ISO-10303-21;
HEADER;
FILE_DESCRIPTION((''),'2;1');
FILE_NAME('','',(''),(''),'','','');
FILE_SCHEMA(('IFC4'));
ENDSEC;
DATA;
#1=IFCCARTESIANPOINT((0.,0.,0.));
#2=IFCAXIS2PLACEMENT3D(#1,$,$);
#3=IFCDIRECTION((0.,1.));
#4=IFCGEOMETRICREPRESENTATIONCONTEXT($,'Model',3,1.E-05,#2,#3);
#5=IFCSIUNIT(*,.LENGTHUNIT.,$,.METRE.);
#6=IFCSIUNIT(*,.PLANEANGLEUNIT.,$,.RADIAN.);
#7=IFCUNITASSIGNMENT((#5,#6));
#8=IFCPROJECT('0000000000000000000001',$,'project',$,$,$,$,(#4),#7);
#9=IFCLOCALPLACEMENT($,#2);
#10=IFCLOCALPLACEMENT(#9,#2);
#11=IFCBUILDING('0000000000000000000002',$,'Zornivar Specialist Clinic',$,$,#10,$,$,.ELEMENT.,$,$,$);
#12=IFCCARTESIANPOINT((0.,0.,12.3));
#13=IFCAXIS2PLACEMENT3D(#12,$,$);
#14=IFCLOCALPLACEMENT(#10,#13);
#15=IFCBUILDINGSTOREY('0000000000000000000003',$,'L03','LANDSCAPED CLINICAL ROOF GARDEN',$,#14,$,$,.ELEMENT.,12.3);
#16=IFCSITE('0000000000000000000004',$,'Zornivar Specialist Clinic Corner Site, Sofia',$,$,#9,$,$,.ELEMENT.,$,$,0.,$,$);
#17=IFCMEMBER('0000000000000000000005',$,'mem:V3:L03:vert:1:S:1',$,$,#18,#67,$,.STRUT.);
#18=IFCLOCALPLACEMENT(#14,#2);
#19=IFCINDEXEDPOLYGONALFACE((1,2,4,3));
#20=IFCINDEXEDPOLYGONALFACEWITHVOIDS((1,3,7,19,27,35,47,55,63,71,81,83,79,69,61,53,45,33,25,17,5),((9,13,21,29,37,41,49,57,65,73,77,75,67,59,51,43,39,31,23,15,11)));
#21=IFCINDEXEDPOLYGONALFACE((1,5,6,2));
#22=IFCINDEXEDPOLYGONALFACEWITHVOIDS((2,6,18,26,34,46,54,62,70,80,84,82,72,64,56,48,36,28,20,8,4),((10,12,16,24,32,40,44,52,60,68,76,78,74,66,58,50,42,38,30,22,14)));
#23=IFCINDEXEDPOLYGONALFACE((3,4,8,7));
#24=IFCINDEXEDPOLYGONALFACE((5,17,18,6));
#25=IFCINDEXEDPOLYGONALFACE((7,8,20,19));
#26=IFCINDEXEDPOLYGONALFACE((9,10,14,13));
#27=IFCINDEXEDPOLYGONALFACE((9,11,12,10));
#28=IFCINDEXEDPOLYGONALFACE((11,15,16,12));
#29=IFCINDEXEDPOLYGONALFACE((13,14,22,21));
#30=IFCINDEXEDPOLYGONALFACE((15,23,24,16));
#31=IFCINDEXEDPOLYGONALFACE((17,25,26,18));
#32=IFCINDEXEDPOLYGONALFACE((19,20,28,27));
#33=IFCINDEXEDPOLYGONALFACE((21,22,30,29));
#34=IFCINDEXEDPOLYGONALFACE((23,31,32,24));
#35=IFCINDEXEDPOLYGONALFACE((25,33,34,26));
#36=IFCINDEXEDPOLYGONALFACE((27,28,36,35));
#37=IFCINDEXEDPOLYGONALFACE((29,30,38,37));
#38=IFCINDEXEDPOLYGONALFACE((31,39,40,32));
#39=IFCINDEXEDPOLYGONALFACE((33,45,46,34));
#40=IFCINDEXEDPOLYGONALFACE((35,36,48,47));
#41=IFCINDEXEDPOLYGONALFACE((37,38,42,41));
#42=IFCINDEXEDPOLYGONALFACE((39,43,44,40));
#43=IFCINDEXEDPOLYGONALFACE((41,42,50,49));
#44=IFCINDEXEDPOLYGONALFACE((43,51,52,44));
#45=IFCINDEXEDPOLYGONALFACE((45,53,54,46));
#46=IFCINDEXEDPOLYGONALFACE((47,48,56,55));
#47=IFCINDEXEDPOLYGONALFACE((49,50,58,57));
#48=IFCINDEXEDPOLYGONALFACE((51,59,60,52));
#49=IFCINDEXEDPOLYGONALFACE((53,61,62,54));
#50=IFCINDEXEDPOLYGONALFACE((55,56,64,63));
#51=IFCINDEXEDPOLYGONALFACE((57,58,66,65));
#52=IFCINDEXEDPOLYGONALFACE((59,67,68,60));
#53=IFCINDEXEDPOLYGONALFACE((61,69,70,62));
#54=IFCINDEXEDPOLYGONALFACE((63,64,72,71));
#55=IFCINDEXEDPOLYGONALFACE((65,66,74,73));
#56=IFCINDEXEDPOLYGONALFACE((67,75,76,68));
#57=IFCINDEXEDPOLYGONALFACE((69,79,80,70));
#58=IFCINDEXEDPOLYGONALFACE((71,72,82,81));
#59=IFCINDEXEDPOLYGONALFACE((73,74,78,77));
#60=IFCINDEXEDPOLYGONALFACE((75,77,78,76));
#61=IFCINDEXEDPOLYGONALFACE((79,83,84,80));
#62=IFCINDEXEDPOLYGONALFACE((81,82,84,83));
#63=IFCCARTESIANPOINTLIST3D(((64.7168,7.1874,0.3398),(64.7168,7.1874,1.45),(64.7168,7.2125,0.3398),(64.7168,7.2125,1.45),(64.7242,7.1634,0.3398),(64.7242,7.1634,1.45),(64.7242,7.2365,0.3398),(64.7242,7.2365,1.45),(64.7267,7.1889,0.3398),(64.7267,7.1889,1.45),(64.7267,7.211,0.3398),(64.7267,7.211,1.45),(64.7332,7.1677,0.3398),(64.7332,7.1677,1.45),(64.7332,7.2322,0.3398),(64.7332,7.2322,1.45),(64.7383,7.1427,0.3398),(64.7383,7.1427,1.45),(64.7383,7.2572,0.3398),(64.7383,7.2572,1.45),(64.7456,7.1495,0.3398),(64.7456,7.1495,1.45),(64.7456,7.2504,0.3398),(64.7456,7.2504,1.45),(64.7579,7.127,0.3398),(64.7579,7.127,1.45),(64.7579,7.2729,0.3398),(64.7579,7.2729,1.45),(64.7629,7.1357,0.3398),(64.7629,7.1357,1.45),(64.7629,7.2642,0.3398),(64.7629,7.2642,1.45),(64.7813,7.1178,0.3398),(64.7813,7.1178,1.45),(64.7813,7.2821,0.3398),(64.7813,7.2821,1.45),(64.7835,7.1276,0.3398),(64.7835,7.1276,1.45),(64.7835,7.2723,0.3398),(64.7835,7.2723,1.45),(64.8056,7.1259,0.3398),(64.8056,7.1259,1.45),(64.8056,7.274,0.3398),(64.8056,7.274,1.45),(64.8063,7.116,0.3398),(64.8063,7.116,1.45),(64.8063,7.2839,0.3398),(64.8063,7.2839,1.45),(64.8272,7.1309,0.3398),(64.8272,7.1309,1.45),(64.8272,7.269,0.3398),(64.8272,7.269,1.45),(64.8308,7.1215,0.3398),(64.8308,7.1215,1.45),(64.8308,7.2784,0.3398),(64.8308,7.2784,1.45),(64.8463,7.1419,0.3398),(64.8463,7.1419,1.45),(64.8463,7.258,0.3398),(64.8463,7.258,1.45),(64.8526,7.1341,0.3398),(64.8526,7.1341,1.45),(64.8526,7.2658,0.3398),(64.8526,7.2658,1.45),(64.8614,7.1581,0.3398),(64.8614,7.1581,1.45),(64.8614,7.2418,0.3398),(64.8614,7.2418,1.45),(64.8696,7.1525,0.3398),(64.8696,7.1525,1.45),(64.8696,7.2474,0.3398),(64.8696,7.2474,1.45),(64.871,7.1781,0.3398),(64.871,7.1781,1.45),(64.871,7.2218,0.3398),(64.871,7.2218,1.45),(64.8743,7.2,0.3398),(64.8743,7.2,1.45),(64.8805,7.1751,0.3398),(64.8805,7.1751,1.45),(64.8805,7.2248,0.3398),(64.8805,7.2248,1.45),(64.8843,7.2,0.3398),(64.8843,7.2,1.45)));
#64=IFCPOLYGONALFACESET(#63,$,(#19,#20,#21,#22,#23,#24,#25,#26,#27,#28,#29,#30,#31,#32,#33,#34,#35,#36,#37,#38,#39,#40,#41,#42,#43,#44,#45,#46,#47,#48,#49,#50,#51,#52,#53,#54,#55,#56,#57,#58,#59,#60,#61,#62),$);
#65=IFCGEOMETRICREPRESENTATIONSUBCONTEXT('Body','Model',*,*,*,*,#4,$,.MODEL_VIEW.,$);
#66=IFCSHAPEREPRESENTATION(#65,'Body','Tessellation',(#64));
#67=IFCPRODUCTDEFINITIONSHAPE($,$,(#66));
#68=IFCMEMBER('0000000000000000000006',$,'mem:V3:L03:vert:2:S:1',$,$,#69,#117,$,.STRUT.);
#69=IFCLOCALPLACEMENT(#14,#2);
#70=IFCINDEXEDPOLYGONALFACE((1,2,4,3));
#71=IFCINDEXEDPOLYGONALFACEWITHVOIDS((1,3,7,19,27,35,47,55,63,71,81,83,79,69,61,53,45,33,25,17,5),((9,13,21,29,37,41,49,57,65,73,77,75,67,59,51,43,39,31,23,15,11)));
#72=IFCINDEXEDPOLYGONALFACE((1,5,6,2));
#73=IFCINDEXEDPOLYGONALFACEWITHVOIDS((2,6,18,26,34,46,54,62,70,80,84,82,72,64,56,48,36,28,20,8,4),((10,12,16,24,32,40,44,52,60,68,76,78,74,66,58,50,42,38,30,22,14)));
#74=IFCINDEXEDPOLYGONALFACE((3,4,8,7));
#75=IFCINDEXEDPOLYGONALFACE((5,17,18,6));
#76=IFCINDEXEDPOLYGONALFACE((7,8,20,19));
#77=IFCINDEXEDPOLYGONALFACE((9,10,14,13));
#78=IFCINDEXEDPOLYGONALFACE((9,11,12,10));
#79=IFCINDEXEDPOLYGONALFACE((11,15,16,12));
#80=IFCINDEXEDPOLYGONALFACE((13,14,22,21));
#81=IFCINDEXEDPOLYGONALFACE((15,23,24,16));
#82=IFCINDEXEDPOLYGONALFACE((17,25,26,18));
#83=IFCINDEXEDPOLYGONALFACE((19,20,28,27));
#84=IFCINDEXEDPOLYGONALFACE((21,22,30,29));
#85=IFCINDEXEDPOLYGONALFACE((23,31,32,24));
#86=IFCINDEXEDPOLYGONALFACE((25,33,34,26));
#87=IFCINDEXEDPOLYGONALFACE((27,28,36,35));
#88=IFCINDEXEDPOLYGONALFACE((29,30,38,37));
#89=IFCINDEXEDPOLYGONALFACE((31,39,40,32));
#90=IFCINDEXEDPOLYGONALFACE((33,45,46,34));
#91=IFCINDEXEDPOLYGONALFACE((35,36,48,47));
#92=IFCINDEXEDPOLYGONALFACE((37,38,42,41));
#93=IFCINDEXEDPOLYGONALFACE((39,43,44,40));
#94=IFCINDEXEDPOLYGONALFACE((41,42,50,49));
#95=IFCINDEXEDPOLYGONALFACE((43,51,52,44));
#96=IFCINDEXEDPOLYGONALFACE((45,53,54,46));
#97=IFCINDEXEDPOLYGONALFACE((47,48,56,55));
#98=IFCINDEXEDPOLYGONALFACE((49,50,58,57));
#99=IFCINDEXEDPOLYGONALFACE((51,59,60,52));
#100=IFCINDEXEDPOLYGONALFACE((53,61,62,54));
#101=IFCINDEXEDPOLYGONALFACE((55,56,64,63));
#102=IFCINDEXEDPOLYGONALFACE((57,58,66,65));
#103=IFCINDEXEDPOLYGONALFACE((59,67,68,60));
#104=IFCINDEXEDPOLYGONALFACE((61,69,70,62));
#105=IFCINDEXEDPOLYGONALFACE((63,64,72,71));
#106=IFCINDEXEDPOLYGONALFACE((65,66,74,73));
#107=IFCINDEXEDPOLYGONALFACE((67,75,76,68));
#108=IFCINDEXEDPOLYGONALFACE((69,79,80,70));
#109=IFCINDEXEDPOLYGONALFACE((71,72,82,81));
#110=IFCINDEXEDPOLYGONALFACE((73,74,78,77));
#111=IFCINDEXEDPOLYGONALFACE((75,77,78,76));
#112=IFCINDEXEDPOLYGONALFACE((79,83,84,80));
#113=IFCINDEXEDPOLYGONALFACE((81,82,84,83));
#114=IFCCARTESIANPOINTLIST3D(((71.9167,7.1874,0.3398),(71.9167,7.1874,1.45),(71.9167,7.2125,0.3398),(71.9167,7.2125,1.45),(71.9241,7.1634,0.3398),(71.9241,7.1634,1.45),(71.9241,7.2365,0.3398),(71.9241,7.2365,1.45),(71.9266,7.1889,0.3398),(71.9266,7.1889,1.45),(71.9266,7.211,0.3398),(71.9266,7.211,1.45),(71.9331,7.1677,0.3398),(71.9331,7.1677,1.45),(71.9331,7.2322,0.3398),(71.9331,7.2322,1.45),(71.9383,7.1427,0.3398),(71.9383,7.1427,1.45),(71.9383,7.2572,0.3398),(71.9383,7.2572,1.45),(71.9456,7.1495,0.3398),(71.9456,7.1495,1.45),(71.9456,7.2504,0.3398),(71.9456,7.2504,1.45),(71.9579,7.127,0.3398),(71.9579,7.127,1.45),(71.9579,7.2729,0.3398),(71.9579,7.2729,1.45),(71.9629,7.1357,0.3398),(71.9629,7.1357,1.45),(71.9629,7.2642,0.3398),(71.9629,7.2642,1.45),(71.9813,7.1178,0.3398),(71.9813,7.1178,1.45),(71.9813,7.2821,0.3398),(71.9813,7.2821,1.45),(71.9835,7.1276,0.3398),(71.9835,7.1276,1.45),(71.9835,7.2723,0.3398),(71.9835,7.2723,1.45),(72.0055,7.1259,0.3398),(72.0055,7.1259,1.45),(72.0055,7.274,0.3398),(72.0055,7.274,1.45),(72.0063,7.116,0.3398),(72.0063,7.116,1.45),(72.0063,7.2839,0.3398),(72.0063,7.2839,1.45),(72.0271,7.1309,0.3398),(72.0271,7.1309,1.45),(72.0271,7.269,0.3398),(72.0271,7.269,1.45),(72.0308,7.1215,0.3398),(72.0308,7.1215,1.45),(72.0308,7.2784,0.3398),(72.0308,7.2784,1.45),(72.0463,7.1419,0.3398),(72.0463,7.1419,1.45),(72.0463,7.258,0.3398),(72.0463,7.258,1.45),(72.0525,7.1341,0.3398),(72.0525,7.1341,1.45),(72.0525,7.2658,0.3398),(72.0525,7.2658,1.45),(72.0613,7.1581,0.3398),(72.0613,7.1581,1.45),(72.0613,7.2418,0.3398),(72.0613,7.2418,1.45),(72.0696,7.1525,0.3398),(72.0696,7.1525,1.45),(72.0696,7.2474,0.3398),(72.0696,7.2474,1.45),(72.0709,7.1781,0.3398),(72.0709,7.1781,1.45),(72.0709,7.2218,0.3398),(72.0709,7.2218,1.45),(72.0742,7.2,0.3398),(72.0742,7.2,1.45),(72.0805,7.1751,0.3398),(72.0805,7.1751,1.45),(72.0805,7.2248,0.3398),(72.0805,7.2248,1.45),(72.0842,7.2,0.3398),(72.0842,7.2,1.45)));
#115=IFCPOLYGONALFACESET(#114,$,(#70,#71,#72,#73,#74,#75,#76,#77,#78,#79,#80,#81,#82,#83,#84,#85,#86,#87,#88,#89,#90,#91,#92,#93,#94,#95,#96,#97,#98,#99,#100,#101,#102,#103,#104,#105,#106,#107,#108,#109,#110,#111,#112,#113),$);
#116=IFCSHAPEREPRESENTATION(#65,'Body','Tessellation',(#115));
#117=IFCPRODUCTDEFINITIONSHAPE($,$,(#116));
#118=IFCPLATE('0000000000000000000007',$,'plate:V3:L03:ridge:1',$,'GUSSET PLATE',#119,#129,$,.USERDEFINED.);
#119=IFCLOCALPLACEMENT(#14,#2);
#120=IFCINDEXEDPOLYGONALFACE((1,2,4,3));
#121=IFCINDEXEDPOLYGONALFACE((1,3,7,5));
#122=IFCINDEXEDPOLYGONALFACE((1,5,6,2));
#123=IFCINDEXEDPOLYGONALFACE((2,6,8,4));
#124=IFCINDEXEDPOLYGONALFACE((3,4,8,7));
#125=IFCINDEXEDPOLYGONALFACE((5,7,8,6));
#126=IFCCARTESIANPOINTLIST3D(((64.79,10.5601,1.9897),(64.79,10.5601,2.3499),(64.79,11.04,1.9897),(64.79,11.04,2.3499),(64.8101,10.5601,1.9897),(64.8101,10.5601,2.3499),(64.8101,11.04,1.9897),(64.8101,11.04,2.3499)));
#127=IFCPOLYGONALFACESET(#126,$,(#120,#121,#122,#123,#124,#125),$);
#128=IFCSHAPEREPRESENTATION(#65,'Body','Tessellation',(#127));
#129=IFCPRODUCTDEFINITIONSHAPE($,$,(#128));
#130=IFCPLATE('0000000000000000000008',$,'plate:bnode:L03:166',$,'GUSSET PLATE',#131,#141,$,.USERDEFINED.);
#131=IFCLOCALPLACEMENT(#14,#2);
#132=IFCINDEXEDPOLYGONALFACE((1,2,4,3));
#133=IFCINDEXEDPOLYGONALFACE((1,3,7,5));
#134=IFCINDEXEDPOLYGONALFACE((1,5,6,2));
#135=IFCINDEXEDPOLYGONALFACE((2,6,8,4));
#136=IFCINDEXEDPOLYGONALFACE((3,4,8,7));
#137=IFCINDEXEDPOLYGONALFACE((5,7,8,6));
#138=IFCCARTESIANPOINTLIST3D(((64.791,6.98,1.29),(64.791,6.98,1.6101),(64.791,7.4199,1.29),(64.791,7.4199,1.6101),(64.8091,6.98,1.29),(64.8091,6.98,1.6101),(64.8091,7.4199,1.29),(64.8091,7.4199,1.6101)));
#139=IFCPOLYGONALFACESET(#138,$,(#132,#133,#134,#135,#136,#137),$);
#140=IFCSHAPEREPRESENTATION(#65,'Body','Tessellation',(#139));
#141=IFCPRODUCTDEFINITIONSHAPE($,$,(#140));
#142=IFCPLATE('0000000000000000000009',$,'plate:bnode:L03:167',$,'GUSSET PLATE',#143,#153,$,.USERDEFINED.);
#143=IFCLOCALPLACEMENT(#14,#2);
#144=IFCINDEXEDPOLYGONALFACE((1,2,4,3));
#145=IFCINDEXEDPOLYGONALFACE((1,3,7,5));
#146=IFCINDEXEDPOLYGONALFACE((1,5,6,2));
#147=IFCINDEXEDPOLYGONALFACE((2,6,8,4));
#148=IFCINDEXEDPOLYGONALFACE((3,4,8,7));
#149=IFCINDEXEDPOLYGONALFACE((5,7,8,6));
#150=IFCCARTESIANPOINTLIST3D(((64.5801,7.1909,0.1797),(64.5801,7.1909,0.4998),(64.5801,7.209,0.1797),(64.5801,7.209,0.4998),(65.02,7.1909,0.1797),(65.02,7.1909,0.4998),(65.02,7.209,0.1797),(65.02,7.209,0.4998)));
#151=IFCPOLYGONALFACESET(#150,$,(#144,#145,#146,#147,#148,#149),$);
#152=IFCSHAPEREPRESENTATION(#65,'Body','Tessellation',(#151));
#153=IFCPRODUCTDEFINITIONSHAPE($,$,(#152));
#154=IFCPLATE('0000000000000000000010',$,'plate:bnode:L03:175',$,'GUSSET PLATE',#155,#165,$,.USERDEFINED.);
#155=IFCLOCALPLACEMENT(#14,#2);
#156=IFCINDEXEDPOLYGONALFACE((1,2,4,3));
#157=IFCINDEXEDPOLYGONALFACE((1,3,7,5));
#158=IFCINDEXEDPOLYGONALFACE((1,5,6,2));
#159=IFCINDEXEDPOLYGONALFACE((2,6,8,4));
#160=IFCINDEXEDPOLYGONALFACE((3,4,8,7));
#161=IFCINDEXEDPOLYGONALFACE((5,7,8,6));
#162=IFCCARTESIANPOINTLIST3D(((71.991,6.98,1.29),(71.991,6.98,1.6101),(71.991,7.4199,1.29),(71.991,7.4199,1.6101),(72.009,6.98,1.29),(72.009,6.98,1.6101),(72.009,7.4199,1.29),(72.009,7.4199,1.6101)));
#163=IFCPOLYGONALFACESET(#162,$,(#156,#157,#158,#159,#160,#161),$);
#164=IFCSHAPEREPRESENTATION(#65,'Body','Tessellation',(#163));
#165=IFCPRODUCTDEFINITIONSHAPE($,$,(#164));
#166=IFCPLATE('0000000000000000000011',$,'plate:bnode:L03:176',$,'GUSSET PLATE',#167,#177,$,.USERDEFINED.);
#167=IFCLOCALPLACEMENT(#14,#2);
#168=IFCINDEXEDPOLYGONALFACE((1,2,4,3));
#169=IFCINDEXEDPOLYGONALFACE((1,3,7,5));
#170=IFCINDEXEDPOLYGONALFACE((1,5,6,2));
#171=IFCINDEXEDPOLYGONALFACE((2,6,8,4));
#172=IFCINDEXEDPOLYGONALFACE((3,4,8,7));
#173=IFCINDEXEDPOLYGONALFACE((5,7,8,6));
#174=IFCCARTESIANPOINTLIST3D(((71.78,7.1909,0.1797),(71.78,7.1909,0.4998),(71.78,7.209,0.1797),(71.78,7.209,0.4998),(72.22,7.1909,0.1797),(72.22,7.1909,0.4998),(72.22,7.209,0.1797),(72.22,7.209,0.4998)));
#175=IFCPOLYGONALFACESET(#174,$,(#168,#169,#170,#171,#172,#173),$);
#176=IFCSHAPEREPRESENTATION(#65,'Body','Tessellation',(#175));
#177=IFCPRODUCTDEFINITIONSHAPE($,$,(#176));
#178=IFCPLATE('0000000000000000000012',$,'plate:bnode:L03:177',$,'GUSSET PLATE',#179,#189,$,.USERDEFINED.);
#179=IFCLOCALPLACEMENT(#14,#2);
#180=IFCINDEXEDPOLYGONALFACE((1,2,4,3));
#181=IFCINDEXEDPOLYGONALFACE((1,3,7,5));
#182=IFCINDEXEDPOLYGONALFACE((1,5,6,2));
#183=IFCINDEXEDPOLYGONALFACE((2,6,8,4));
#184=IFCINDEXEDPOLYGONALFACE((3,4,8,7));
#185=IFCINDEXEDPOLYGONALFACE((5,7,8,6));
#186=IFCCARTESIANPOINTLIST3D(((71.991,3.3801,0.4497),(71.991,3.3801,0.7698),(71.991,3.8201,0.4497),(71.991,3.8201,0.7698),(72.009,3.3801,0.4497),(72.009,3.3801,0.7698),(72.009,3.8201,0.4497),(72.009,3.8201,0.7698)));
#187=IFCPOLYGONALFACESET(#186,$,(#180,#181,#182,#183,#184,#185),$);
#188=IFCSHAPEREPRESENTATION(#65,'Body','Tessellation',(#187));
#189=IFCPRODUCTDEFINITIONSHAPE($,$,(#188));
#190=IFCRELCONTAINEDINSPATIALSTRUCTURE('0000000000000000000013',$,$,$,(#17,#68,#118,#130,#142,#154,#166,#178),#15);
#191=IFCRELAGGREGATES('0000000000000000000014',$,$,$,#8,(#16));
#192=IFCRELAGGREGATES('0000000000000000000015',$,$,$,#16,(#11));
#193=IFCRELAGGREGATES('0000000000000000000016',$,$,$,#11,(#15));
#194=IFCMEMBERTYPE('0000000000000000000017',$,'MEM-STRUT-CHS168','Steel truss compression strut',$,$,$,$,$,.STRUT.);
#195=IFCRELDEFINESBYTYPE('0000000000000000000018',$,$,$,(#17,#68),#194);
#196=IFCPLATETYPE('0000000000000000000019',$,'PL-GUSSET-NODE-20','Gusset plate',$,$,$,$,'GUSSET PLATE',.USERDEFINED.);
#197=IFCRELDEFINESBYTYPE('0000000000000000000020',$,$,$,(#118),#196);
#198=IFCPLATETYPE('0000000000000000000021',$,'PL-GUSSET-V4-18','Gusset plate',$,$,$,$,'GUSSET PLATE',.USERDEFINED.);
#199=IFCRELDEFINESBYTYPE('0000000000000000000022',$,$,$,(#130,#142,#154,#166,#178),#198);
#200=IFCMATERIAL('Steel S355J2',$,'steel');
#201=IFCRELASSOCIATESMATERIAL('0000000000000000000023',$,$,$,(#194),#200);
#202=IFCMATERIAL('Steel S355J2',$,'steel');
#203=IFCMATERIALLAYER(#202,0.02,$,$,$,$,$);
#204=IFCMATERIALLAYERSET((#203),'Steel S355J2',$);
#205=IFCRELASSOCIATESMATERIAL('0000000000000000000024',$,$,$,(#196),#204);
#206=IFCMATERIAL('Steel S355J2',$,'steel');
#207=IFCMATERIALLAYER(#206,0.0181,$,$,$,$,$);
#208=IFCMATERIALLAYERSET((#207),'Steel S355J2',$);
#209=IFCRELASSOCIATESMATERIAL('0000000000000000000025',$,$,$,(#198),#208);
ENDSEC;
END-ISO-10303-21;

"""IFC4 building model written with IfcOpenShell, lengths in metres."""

from ifc_helpers import new_model, si_unit, direction, frame, origin, origin_2d, place, context, subcontext, project, spatial, rectangle, hollow_circle, extrude, material, layer, layer_set, material_profile, profile_set, type_object, element, save


model = new_model("IFC4")

# Units and contexts
model_context = context("Model", 3, precision=1e-05, world=origin(), true_north=direction((0.0, 1.0)))
body_context = subcontext(model_context, "Body", "Model", "MODEL_VIEW")
ifc_project = project(units=[si_unit("LENGTHUNIT", "METRE"), si_unit("PLANEANGLEUNIT", "RADIAN")], contexts=[model_context])

# Site, building, storey
site_placement = place(None, origin())
site = spatial("IfcSite", under=ifc_project, at=site_placement, Name="Zornivar Specialist Clinic Corner Site, Sofia", CompositionType="ELEMENT", RefElevation=0.0)
building_placement = place(site_placement, origin())
building = spatial("IfcBuilding", under=site, at=building_placement, Name="Zornivar Specialist Clinic", CompositionType="ELEMENT")
storey_placement = place(building_placement, frame((0.0, 0.0, 12.3)))
storey = spatial("IfcBuildingStorey", under=building, at=storey_placement, Name="L03", Description="LANDSCAPED CLINICAL ROOF GARDEN", CompositionType="ELEMENT", Elevation=12.3)

# Members
ifc_material_1 = material(Name="Steel S355J2", Category="steel")
ifc_material_profile_1 = material_profile(ifc_material_1, hollow_circle(Radius=0.0842, WallThickness=0.01, at=origin_2d()), Name="CHS 168.3x10")
ifc_profile_set_1 = profile_set([ifc_material_profile_1], Name="Steel S355J2")
member_type_1 = type_object("IfcMemberType", Name="MEM-STRUT-CHS168", Description="Steel truss compression strut", PredefinedType="STRUT", material=ifc_profile_set_1)
for number, where, z_axis, x_axis, name in (
    (1, (64.8, 7.2, 0.3398), (0.0, 0.0, 1.0), (1.0, 0.0, 0.0), "mem:V3:L03:vert:1:S:1"),
    (2, (72.0, 7.2, 0.3398), (0.0, 0.0, 1.0), (1.0, 0.0, 0.0), "mem:V3:L03:vert:2:S:1"),
):
    element("IfcMember", number, at=place(storey_placement, frame(where, z_axis=z_axis, x_axis=x_axis)), inside=storey, type_object=member_type_1, Name=name, PredefinedType="STRUT", context=body_context, shape_type="SweptSolid", body=[
        extrude(hollow_circle(Radius=0.0842, WallThickness=0.01, at=origin_2d()), origin(), (0.0, 0.0, 1.0), 1.1101),
    ])

# Plates
ifc_material_2 = material(Name="Steel S355J2", Category="steel")
ifc_layer_1 = layer(ifc_material_2, 0.02)
ifc_layer_set_1 = layer_set([ifc_layer_1], Name="Steel S355J2")
plate_type_1 = type_object("IfcPlateType", Name="PL-GUSSET-NODE-20", Description="Gusset plate", ElementType="GUSSET PLATE", PredefinedType="USERDEFINED", material=ifc_layer_set_1)
plate_placement = place(storey_placement, frame((64.8, 10.8, 1.9897), z_axis=(0.0, 0.0, 1.0), x_axis=(1.0, 0.0, 0.0)))
element("IfcPlate", 3, at=plate_placement, inside=storey, type_object=plate_type_1, Name="plate:V3:L03:ridge:1", ObjectType="GUSSET PLATE", PredefinedType="USERDEFINED", context=body_context, shape_type="SweptSolid", body=[
    extrude(rectangle(XDim=0.02, YDim=0.48, at=origin_2d()), origin(), (0.0, 0.0, 1.0), 0.3601),
])
ifc_material_3 = material(Name="Steel S355J2", Category="steel")
ifc_layer_2 = layer(ifc_material_3, 0.0181)
ifc_layer_set_2 = layer_set([ifc_layer_2], Name="Steel S355J2")
plate_type_2 = type_object("IfcPlateType", Name="PL-GUSSET-V4-18", Description="Gusset plate", ElementType="GUSSET PLATE", PredefinedType="USERDEFINED", material=ifc_layer_set_2)
for number, where, z_axis, x_axis, name in (
    (4, (64.8, 7.2, 1.29), (0.0, 0.0, 1.0), (0.0, 1.0, 0.0), "plate:bnode:L03:166"),
    (5, (64.8, 7.2, 0.1797), (0.0, 0.0, 1.0), (1.0, 0.0, 0.0), "plate:bnode:L03:167"),
    (6, (72.0, 7.2, 1.29), (0.0, 0.0, 1.0), (0.0, 1.0, 0.0), "plate:bnode:L03:175"),
    (7, (72.0, 7.2, 0.1797), (0.0, 0.0, 1.0), (1.0, 0.0, 0.0), "plate:bnode:L03:176"),
    (8, (72.0, 3.6001, 0.4497), (0.0, 0.0, 1.0), (0.0, 1.0, 0.0), "plate:bnode:L03:177"),
):
    element("IfcPlate", number, at=place(storey_placement, frame(where, z_axis=z_axis, x_axis=x_axis)), inside=storey, type_object=plate_type_2, Name=name, ObjectType="GUSSET PLATE", PredefinedType="USERDEFINED", context=body_context, shape_type="SweptSolid", body=[
        extrude(rectangle(XDim=0.4399, YDim=0.0181, at=origin_2d()), origin(), (0.0, 0.0, 1.0), 0.3201),
    ])

save(model, "model.ifc")
